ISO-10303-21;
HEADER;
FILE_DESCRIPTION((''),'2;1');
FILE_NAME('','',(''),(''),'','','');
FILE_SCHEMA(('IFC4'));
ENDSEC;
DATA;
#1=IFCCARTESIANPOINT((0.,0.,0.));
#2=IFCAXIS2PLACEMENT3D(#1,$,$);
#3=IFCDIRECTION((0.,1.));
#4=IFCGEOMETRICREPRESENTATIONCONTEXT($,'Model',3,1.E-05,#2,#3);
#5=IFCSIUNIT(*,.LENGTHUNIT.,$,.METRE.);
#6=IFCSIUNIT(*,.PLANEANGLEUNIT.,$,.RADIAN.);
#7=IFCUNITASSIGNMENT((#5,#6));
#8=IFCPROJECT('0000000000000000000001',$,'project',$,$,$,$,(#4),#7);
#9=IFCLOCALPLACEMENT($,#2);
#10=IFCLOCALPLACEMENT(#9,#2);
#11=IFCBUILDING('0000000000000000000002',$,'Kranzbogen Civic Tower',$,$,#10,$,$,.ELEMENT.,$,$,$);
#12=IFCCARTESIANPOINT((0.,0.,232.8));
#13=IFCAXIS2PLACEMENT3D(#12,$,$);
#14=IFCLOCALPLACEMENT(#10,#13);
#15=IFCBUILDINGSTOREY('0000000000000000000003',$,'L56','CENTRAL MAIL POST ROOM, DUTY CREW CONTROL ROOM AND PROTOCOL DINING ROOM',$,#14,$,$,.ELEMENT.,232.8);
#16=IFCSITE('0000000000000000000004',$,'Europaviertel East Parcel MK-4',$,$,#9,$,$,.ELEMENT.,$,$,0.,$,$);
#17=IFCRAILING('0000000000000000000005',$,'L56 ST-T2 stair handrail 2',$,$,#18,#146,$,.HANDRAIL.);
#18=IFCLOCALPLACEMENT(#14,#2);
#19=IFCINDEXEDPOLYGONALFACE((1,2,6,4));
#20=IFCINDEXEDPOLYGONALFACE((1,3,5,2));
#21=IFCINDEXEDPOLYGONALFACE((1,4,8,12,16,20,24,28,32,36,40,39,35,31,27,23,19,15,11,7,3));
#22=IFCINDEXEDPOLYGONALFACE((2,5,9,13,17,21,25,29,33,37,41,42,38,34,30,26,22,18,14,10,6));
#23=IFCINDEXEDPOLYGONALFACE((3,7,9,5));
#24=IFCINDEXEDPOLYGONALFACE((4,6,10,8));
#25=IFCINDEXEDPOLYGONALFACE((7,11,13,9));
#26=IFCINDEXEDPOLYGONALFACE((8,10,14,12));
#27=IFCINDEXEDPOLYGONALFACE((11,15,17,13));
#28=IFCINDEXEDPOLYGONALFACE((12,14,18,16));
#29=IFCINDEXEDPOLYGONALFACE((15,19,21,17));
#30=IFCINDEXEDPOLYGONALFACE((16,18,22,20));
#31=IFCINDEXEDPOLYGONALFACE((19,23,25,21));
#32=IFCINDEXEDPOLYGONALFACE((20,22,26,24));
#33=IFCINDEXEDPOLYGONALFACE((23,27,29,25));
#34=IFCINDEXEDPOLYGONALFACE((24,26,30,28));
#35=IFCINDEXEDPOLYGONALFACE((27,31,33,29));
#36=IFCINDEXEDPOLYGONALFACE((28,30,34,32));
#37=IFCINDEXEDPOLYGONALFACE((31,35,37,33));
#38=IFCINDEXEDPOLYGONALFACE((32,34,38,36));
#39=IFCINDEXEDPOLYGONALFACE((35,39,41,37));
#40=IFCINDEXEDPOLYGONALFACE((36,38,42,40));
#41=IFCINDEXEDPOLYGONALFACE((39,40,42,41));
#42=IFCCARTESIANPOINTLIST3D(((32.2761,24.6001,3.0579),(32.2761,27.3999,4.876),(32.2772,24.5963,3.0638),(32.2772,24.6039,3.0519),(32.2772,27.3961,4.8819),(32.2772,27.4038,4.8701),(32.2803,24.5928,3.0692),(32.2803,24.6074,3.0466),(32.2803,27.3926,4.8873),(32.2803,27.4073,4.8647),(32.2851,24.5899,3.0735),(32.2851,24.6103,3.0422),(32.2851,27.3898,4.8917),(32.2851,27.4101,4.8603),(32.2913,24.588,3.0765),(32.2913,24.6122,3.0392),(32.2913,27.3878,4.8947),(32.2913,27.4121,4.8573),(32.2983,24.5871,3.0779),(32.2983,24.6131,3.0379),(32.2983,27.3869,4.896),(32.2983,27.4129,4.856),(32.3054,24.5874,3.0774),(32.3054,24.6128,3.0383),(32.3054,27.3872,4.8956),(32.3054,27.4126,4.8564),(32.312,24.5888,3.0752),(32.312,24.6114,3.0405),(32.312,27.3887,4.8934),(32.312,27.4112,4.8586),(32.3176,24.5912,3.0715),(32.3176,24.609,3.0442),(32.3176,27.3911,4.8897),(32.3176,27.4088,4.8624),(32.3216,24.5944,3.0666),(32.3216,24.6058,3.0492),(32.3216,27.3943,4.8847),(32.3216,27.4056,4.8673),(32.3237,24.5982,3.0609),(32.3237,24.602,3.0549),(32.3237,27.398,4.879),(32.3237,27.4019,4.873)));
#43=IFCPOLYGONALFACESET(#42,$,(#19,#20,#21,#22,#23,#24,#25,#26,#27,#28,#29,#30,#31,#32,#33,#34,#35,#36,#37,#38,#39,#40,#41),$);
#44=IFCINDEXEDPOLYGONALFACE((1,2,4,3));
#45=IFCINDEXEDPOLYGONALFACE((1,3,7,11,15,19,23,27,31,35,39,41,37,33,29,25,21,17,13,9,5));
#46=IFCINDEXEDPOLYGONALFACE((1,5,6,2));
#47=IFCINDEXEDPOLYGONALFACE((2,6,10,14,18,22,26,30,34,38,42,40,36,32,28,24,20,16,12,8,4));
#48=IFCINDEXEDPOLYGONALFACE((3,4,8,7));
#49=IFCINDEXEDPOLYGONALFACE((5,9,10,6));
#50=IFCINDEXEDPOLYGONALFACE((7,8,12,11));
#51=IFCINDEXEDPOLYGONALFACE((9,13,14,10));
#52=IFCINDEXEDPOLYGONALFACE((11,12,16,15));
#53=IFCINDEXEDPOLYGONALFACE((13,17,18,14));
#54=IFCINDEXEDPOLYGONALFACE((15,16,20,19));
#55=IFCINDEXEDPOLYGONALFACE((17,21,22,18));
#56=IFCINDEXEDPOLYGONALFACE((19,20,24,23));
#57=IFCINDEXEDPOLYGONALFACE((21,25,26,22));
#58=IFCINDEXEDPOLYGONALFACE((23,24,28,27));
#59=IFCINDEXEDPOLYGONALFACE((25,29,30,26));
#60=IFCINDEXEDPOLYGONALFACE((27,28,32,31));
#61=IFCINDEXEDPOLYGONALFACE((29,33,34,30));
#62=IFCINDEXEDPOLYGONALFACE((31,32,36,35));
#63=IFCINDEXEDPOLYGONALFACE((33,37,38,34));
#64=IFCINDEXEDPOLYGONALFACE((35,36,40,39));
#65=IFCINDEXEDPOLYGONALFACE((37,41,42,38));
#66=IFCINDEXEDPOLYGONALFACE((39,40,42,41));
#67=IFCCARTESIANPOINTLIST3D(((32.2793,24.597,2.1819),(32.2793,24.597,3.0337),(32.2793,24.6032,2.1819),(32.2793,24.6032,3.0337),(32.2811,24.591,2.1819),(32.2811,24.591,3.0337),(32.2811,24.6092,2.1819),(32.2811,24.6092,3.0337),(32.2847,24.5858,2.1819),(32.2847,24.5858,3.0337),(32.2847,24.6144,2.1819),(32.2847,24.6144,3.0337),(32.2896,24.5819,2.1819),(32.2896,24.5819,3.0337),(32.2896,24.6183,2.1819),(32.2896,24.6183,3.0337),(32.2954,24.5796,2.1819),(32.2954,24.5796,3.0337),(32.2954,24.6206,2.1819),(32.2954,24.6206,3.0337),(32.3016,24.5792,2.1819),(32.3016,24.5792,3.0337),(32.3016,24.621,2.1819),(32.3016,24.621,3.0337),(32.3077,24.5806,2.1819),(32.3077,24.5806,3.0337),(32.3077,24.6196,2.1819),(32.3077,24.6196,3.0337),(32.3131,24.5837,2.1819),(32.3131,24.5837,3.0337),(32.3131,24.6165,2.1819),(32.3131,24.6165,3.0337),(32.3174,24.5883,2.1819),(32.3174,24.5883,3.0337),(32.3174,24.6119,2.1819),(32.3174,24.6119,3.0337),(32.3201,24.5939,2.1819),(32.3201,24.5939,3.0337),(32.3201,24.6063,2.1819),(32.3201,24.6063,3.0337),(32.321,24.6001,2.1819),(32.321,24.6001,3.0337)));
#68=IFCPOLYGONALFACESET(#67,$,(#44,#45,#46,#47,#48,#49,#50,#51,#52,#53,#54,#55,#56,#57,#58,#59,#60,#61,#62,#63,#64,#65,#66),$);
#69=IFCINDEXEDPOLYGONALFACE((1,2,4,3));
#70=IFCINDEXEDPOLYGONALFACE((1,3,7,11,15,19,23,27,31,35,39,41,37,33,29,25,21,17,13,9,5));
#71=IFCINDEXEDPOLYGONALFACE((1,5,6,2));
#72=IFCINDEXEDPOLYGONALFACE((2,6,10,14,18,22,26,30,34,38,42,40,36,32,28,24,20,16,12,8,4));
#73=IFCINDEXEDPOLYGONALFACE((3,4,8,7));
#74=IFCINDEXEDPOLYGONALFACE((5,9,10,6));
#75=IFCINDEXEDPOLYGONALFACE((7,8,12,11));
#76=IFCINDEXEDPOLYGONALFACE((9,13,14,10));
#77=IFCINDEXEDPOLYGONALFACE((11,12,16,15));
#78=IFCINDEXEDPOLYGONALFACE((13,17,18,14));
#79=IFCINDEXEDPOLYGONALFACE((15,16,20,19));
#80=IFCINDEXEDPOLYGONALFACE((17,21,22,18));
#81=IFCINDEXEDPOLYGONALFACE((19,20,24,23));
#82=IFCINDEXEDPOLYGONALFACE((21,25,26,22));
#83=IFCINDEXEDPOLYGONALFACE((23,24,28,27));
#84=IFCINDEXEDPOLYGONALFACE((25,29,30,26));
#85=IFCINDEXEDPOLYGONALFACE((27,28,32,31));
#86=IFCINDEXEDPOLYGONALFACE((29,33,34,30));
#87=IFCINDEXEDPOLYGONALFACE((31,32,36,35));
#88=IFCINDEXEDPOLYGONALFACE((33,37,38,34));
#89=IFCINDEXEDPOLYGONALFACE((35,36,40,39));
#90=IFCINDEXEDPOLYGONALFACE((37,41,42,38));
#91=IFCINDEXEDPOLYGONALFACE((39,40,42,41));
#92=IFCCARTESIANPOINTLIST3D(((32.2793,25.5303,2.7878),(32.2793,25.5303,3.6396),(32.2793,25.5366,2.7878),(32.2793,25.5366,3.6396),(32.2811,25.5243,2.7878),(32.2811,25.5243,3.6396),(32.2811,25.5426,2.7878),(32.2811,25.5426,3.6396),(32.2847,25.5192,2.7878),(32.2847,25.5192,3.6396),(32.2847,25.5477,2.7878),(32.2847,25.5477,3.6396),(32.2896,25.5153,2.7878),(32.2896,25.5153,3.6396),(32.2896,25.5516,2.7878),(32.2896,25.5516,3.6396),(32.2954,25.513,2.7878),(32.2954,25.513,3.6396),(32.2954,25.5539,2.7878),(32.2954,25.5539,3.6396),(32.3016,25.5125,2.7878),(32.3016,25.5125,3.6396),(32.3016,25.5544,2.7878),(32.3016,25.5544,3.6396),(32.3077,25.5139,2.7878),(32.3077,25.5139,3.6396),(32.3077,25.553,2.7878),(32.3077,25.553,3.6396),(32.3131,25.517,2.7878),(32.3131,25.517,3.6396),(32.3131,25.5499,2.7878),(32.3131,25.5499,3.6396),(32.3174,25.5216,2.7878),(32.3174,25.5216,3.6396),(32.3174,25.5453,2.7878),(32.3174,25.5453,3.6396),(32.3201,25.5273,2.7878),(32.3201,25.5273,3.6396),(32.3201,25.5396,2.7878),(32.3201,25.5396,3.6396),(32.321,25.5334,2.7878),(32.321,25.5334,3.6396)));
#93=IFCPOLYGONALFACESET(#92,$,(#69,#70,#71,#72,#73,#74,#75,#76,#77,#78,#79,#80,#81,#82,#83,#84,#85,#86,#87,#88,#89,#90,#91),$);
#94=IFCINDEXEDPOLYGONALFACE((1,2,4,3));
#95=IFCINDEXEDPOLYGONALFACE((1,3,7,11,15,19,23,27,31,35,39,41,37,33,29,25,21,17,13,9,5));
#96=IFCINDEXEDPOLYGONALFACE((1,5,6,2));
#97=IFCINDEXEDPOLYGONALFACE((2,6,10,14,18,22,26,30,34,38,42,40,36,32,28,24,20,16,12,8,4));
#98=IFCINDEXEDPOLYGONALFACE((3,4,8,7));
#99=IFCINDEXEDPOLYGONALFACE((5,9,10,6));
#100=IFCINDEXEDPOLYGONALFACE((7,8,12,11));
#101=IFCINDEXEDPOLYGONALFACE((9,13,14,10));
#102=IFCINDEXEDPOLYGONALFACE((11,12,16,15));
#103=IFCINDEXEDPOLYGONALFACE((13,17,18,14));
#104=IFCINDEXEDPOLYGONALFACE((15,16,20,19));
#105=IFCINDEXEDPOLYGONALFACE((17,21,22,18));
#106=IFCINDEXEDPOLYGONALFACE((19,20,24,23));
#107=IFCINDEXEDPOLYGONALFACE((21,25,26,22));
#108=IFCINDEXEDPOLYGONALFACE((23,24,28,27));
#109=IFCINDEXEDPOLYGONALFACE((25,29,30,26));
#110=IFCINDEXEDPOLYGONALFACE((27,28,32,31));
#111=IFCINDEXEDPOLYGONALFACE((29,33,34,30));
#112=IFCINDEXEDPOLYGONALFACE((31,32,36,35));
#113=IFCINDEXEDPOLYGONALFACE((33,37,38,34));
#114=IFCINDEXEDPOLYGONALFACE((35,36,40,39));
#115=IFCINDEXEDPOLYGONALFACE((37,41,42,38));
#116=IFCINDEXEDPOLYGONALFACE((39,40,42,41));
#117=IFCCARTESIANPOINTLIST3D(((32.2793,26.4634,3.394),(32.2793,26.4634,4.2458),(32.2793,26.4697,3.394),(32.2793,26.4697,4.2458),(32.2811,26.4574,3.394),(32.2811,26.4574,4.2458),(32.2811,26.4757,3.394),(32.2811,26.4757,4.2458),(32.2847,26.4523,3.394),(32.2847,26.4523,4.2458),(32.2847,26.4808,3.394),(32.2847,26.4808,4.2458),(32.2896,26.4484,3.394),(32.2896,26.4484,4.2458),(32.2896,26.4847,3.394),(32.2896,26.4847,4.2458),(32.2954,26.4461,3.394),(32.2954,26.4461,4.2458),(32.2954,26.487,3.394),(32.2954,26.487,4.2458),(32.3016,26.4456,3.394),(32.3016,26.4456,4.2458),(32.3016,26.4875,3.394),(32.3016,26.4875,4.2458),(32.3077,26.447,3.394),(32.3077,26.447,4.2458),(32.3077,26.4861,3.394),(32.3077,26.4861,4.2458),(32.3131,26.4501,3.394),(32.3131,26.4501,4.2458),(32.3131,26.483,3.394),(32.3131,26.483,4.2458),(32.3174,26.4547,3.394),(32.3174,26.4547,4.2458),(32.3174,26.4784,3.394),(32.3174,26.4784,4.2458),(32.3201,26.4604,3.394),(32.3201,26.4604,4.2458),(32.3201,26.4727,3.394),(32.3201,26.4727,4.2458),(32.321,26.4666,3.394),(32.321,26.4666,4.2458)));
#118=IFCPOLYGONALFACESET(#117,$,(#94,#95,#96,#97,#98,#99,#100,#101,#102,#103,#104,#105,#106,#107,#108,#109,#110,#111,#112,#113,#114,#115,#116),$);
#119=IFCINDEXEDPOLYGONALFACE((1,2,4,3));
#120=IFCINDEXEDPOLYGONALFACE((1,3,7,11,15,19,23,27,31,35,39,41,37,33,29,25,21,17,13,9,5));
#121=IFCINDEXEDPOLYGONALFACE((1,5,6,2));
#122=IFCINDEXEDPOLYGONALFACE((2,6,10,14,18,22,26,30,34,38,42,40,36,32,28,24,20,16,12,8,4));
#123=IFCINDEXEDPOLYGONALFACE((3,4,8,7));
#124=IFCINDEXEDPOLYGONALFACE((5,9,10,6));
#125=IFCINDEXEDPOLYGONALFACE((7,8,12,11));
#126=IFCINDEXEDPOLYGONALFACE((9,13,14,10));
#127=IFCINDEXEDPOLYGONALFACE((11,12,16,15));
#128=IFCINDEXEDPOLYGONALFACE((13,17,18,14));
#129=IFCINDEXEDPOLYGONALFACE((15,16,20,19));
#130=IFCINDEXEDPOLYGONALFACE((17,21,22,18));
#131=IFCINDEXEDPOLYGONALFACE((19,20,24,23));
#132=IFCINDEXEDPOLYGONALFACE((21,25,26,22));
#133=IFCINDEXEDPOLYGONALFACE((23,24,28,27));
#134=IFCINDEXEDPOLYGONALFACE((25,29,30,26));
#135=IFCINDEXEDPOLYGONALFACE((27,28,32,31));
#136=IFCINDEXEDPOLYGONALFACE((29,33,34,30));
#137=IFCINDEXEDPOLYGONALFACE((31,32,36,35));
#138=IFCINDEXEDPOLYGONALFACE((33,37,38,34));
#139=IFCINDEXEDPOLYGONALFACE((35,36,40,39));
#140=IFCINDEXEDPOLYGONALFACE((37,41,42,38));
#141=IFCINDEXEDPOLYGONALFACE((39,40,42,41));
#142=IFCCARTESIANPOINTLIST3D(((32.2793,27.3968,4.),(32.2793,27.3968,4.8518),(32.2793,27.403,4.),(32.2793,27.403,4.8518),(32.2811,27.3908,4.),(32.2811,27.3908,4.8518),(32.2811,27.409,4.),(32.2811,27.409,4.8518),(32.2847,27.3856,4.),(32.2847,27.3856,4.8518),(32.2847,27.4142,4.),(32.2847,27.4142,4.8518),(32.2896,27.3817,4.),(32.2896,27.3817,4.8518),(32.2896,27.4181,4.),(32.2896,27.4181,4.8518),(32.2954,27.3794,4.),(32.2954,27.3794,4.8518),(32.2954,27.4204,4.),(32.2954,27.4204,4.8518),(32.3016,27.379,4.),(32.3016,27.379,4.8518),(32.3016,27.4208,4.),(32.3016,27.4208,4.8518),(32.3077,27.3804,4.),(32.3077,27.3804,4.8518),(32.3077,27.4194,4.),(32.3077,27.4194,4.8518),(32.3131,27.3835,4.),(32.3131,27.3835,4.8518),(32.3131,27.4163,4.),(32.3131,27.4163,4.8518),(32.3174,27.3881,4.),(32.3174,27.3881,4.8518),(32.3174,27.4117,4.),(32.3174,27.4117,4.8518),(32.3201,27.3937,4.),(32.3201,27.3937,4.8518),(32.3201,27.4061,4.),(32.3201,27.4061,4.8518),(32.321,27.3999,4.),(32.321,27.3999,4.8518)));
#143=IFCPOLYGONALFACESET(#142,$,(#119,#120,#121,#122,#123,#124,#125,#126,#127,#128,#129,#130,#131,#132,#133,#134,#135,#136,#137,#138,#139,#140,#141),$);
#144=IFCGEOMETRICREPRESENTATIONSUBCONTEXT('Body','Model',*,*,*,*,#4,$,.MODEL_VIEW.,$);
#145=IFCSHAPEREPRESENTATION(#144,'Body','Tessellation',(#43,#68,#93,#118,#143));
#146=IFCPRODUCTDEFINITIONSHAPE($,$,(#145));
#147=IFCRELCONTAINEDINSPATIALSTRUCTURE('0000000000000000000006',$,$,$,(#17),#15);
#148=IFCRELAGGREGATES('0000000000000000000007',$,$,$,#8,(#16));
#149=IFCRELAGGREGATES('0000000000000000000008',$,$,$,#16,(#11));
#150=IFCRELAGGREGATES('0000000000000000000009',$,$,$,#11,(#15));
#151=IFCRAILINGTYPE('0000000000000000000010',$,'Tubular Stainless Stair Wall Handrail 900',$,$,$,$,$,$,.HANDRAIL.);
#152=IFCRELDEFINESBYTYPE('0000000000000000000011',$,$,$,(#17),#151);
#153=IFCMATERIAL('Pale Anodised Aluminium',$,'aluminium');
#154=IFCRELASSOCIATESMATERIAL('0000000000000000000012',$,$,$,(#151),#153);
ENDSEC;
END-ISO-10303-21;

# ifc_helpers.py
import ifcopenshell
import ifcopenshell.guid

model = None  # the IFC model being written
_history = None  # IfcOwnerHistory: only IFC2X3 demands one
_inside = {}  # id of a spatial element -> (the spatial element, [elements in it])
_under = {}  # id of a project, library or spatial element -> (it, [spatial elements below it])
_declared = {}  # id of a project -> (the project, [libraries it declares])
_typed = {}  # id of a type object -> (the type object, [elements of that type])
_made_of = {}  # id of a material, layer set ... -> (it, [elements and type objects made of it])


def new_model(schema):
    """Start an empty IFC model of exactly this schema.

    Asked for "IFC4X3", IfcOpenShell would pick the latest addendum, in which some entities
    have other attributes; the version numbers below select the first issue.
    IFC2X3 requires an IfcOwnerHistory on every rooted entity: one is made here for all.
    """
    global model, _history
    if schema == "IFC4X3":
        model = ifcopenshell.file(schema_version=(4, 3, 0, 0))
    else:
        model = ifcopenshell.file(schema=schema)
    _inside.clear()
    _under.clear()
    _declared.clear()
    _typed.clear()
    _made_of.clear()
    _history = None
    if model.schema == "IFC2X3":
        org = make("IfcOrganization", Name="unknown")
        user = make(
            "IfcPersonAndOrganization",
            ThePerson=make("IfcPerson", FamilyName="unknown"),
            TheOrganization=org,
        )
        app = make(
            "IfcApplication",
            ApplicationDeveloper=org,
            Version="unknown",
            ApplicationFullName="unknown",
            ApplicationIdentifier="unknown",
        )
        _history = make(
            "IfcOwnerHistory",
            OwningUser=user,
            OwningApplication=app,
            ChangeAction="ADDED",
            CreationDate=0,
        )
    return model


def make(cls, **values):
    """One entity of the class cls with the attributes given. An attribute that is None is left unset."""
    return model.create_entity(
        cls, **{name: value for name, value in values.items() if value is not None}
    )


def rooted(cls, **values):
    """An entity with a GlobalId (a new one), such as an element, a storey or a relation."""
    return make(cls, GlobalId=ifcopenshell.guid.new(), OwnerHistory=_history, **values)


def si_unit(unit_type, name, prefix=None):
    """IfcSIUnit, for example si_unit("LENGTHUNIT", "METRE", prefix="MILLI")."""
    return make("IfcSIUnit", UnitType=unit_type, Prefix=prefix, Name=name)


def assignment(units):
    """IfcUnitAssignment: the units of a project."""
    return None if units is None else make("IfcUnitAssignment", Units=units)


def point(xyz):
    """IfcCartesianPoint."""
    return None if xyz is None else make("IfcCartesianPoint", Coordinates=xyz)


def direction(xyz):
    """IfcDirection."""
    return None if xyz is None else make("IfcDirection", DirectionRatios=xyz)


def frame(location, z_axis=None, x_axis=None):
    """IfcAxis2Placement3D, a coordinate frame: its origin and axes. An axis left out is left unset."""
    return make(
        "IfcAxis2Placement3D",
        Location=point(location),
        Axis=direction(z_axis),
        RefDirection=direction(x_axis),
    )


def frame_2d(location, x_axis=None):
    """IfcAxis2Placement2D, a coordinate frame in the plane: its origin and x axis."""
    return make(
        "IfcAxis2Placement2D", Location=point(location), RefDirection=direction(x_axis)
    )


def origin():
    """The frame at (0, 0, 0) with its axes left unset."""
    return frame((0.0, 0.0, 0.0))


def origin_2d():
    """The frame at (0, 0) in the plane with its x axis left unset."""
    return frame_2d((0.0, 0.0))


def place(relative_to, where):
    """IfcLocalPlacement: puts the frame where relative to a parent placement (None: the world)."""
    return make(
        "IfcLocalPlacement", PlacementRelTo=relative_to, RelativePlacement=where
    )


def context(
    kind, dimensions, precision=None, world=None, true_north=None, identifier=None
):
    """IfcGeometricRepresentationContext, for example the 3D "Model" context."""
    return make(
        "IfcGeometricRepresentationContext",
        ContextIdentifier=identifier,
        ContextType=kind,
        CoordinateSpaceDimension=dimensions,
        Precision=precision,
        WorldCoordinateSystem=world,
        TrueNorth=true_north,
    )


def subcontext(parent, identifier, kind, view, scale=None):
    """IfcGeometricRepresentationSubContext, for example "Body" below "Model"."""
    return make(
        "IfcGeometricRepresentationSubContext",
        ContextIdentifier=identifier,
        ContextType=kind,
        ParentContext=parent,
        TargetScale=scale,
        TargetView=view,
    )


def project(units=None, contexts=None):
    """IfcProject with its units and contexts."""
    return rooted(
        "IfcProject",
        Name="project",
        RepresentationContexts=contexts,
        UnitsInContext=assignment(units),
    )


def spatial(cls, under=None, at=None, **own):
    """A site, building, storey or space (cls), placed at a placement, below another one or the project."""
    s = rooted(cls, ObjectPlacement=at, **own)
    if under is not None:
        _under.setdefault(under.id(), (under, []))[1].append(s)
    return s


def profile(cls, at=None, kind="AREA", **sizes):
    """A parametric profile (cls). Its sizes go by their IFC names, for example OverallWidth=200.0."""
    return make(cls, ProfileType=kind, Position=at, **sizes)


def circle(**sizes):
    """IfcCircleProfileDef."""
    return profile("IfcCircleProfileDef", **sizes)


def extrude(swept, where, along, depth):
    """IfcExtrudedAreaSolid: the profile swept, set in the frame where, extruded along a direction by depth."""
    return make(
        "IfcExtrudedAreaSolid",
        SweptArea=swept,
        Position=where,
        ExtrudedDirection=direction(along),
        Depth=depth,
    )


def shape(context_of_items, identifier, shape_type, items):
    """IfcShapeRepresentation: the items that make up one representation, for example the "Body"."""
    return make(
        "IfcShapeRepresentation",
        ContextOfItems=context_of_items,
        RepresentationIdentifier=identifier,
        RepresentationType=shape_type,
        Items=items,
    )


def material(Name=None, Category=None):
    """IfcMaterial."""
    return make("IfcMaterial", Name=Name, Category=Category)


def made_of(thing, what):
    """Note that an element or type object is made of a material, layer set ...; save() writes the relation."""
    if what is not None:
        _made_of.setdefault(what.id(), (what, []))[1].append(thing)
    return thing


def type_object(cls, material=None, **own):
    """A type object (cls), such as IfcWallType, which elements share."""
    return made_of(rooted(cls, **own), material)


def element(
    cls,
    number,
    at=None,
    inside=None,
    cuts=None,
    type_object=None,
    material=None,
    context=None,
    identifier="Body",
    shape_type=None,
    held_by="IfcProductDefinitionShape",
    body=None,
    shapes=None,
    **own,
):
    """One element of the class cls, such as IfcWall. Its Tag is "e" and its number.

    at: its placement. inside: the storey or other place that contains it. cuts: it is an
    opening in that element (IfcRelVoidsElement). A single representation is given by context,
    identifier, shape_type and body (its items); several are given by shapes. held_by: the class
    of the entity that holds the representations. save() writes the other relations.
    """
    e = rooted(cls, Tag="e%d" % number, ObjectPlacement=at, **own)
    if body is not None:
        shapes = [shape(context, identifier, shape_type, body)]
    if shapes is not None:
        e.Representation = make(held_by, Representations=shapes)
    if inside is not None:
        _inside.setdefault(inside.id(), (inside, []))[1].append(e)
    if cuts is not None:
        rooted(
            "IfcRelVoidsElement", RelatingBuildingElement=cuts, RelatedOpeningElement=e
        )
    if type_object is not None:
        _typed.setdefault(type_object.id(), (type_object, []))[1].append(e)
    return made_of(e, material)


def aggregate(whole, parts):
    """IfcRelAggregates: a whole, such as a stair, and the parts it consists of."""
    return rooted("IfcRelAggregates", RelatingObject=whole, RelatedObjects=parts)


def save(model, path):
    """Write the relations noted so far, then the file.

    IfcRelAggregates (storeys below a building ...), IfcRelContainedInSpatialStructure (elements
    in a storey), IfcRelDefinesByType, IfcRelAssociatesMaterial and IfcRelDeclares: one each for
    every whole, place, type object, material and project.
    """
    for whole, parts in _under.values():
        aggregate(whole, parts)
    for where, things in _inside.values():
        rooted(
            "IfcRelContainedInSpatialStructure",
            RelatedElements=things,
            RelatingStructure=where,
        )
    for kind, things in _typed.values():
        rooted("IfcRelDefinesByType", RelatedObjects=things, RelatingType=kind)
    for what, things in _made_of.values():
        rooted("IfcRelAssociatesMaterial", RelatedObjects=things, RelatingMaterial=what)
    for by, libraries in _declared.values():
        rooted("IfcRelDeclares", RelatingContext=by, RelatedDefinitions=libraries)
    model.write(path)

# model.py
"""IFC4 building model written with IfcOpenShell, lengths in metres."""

from ifc_helpers import new_model, si_unit, direction, frame, origin, origin_2d, place, context, subcontext, project, spatial, circle, extrude, material, type_object, element, save


model = new_model("IFC4")

# Units and contexts
model_context = context("Model", 3, precision=1e-05, world=origin(), true_north=direction((0.0, 1.0)))
body_context = subcontext(model_context, "Body", "Model", "MODEL_VIEW")
ifc_project = project(units=[si_unit("LENGTHUNIT", "METRE"), si_unit("PLANEANGLEUNIT", "RADIAN")], contexts=[model_context])

# Site, building, storey
site_placement = place(None, origin())
site = spatial("IfcSite", under=ifc_project, at=site_placement, Name="Europaviertel East Parcel MK-4", CompositionType="ELEMENT", RefElevation=0.0)
building_placement = place(site_placement, origin())
building = spatial("IfcBuilding", under=site, at=building_placement, Name="Kranzbogen Civic Tower", CompositionType="ELEMENT")
storey_placement = place(building_placement, frame((0.0, 0.0, 232.8)))
storey = spatial("IfcBuildingStorey", under=building, at=storey_placement, Name="L56", Description="CENTRAL MAIL POST ROOM, DUTY CREW CONTROL ROOM AND PROTOCOL DINING ROOM", CompositionType="ELEMENT", Elevation=232.8)

# Shared definitions
ifc_material_1 = material(Name="Pale Anodised Aluminium", Category="aluminium")

# Railing
railing_type_1 = type_object("IfcRailingType", Name="Tubular Stainless Stair Wall Handrail 900", PredefinedType="HANDRAIL", material=ifc_material_1)
railing_1_placement = place(storey_placement, frame((32.3, 24.6001, 2.1819)))
element("IfcRailing", 1, at=railing_1_placement, inside=storey, type_object=railing_type_1, Name="L56 ST-T2 stair handrail 2", PredefinedType="HANDRAIL", context=body_context, shape_type="SweptSolid", body=[
    extrude(circle(Radius=0.0239, at=origin_2d()), frame((0.0, 0.0, 0.876), z_axis=(0.0, 0.838684, 0.544618), x_axis=(-1.0, 0.0, 0.0)), (0.0, 0.0, 1.0), 3.3384),
    extrude(circle(Radius=0.021, at=origin_2d()), origin(), (0.0, 0.0, 1.0), 0.8518),
    extrude(circle(Radius=0.021, at=origin_2d()), frame((0.0, 0.9333, 0.606)), (0.0, 0.0, 1.0), 0.8518),
    extrude(circle(Radius=0.021, at=origin_2d()), frame((0.0, 1.8665, 1.2122)), (0.0, 0.0, 1.0), 0.8518),
    extrude(circle(Radius=0.021, at=origin_2d()), frame((0.0, 2.7998, 1.8181)), (0.0, 0.0, 1.0), 0.8518),
])

save(model, "model.ifc")
